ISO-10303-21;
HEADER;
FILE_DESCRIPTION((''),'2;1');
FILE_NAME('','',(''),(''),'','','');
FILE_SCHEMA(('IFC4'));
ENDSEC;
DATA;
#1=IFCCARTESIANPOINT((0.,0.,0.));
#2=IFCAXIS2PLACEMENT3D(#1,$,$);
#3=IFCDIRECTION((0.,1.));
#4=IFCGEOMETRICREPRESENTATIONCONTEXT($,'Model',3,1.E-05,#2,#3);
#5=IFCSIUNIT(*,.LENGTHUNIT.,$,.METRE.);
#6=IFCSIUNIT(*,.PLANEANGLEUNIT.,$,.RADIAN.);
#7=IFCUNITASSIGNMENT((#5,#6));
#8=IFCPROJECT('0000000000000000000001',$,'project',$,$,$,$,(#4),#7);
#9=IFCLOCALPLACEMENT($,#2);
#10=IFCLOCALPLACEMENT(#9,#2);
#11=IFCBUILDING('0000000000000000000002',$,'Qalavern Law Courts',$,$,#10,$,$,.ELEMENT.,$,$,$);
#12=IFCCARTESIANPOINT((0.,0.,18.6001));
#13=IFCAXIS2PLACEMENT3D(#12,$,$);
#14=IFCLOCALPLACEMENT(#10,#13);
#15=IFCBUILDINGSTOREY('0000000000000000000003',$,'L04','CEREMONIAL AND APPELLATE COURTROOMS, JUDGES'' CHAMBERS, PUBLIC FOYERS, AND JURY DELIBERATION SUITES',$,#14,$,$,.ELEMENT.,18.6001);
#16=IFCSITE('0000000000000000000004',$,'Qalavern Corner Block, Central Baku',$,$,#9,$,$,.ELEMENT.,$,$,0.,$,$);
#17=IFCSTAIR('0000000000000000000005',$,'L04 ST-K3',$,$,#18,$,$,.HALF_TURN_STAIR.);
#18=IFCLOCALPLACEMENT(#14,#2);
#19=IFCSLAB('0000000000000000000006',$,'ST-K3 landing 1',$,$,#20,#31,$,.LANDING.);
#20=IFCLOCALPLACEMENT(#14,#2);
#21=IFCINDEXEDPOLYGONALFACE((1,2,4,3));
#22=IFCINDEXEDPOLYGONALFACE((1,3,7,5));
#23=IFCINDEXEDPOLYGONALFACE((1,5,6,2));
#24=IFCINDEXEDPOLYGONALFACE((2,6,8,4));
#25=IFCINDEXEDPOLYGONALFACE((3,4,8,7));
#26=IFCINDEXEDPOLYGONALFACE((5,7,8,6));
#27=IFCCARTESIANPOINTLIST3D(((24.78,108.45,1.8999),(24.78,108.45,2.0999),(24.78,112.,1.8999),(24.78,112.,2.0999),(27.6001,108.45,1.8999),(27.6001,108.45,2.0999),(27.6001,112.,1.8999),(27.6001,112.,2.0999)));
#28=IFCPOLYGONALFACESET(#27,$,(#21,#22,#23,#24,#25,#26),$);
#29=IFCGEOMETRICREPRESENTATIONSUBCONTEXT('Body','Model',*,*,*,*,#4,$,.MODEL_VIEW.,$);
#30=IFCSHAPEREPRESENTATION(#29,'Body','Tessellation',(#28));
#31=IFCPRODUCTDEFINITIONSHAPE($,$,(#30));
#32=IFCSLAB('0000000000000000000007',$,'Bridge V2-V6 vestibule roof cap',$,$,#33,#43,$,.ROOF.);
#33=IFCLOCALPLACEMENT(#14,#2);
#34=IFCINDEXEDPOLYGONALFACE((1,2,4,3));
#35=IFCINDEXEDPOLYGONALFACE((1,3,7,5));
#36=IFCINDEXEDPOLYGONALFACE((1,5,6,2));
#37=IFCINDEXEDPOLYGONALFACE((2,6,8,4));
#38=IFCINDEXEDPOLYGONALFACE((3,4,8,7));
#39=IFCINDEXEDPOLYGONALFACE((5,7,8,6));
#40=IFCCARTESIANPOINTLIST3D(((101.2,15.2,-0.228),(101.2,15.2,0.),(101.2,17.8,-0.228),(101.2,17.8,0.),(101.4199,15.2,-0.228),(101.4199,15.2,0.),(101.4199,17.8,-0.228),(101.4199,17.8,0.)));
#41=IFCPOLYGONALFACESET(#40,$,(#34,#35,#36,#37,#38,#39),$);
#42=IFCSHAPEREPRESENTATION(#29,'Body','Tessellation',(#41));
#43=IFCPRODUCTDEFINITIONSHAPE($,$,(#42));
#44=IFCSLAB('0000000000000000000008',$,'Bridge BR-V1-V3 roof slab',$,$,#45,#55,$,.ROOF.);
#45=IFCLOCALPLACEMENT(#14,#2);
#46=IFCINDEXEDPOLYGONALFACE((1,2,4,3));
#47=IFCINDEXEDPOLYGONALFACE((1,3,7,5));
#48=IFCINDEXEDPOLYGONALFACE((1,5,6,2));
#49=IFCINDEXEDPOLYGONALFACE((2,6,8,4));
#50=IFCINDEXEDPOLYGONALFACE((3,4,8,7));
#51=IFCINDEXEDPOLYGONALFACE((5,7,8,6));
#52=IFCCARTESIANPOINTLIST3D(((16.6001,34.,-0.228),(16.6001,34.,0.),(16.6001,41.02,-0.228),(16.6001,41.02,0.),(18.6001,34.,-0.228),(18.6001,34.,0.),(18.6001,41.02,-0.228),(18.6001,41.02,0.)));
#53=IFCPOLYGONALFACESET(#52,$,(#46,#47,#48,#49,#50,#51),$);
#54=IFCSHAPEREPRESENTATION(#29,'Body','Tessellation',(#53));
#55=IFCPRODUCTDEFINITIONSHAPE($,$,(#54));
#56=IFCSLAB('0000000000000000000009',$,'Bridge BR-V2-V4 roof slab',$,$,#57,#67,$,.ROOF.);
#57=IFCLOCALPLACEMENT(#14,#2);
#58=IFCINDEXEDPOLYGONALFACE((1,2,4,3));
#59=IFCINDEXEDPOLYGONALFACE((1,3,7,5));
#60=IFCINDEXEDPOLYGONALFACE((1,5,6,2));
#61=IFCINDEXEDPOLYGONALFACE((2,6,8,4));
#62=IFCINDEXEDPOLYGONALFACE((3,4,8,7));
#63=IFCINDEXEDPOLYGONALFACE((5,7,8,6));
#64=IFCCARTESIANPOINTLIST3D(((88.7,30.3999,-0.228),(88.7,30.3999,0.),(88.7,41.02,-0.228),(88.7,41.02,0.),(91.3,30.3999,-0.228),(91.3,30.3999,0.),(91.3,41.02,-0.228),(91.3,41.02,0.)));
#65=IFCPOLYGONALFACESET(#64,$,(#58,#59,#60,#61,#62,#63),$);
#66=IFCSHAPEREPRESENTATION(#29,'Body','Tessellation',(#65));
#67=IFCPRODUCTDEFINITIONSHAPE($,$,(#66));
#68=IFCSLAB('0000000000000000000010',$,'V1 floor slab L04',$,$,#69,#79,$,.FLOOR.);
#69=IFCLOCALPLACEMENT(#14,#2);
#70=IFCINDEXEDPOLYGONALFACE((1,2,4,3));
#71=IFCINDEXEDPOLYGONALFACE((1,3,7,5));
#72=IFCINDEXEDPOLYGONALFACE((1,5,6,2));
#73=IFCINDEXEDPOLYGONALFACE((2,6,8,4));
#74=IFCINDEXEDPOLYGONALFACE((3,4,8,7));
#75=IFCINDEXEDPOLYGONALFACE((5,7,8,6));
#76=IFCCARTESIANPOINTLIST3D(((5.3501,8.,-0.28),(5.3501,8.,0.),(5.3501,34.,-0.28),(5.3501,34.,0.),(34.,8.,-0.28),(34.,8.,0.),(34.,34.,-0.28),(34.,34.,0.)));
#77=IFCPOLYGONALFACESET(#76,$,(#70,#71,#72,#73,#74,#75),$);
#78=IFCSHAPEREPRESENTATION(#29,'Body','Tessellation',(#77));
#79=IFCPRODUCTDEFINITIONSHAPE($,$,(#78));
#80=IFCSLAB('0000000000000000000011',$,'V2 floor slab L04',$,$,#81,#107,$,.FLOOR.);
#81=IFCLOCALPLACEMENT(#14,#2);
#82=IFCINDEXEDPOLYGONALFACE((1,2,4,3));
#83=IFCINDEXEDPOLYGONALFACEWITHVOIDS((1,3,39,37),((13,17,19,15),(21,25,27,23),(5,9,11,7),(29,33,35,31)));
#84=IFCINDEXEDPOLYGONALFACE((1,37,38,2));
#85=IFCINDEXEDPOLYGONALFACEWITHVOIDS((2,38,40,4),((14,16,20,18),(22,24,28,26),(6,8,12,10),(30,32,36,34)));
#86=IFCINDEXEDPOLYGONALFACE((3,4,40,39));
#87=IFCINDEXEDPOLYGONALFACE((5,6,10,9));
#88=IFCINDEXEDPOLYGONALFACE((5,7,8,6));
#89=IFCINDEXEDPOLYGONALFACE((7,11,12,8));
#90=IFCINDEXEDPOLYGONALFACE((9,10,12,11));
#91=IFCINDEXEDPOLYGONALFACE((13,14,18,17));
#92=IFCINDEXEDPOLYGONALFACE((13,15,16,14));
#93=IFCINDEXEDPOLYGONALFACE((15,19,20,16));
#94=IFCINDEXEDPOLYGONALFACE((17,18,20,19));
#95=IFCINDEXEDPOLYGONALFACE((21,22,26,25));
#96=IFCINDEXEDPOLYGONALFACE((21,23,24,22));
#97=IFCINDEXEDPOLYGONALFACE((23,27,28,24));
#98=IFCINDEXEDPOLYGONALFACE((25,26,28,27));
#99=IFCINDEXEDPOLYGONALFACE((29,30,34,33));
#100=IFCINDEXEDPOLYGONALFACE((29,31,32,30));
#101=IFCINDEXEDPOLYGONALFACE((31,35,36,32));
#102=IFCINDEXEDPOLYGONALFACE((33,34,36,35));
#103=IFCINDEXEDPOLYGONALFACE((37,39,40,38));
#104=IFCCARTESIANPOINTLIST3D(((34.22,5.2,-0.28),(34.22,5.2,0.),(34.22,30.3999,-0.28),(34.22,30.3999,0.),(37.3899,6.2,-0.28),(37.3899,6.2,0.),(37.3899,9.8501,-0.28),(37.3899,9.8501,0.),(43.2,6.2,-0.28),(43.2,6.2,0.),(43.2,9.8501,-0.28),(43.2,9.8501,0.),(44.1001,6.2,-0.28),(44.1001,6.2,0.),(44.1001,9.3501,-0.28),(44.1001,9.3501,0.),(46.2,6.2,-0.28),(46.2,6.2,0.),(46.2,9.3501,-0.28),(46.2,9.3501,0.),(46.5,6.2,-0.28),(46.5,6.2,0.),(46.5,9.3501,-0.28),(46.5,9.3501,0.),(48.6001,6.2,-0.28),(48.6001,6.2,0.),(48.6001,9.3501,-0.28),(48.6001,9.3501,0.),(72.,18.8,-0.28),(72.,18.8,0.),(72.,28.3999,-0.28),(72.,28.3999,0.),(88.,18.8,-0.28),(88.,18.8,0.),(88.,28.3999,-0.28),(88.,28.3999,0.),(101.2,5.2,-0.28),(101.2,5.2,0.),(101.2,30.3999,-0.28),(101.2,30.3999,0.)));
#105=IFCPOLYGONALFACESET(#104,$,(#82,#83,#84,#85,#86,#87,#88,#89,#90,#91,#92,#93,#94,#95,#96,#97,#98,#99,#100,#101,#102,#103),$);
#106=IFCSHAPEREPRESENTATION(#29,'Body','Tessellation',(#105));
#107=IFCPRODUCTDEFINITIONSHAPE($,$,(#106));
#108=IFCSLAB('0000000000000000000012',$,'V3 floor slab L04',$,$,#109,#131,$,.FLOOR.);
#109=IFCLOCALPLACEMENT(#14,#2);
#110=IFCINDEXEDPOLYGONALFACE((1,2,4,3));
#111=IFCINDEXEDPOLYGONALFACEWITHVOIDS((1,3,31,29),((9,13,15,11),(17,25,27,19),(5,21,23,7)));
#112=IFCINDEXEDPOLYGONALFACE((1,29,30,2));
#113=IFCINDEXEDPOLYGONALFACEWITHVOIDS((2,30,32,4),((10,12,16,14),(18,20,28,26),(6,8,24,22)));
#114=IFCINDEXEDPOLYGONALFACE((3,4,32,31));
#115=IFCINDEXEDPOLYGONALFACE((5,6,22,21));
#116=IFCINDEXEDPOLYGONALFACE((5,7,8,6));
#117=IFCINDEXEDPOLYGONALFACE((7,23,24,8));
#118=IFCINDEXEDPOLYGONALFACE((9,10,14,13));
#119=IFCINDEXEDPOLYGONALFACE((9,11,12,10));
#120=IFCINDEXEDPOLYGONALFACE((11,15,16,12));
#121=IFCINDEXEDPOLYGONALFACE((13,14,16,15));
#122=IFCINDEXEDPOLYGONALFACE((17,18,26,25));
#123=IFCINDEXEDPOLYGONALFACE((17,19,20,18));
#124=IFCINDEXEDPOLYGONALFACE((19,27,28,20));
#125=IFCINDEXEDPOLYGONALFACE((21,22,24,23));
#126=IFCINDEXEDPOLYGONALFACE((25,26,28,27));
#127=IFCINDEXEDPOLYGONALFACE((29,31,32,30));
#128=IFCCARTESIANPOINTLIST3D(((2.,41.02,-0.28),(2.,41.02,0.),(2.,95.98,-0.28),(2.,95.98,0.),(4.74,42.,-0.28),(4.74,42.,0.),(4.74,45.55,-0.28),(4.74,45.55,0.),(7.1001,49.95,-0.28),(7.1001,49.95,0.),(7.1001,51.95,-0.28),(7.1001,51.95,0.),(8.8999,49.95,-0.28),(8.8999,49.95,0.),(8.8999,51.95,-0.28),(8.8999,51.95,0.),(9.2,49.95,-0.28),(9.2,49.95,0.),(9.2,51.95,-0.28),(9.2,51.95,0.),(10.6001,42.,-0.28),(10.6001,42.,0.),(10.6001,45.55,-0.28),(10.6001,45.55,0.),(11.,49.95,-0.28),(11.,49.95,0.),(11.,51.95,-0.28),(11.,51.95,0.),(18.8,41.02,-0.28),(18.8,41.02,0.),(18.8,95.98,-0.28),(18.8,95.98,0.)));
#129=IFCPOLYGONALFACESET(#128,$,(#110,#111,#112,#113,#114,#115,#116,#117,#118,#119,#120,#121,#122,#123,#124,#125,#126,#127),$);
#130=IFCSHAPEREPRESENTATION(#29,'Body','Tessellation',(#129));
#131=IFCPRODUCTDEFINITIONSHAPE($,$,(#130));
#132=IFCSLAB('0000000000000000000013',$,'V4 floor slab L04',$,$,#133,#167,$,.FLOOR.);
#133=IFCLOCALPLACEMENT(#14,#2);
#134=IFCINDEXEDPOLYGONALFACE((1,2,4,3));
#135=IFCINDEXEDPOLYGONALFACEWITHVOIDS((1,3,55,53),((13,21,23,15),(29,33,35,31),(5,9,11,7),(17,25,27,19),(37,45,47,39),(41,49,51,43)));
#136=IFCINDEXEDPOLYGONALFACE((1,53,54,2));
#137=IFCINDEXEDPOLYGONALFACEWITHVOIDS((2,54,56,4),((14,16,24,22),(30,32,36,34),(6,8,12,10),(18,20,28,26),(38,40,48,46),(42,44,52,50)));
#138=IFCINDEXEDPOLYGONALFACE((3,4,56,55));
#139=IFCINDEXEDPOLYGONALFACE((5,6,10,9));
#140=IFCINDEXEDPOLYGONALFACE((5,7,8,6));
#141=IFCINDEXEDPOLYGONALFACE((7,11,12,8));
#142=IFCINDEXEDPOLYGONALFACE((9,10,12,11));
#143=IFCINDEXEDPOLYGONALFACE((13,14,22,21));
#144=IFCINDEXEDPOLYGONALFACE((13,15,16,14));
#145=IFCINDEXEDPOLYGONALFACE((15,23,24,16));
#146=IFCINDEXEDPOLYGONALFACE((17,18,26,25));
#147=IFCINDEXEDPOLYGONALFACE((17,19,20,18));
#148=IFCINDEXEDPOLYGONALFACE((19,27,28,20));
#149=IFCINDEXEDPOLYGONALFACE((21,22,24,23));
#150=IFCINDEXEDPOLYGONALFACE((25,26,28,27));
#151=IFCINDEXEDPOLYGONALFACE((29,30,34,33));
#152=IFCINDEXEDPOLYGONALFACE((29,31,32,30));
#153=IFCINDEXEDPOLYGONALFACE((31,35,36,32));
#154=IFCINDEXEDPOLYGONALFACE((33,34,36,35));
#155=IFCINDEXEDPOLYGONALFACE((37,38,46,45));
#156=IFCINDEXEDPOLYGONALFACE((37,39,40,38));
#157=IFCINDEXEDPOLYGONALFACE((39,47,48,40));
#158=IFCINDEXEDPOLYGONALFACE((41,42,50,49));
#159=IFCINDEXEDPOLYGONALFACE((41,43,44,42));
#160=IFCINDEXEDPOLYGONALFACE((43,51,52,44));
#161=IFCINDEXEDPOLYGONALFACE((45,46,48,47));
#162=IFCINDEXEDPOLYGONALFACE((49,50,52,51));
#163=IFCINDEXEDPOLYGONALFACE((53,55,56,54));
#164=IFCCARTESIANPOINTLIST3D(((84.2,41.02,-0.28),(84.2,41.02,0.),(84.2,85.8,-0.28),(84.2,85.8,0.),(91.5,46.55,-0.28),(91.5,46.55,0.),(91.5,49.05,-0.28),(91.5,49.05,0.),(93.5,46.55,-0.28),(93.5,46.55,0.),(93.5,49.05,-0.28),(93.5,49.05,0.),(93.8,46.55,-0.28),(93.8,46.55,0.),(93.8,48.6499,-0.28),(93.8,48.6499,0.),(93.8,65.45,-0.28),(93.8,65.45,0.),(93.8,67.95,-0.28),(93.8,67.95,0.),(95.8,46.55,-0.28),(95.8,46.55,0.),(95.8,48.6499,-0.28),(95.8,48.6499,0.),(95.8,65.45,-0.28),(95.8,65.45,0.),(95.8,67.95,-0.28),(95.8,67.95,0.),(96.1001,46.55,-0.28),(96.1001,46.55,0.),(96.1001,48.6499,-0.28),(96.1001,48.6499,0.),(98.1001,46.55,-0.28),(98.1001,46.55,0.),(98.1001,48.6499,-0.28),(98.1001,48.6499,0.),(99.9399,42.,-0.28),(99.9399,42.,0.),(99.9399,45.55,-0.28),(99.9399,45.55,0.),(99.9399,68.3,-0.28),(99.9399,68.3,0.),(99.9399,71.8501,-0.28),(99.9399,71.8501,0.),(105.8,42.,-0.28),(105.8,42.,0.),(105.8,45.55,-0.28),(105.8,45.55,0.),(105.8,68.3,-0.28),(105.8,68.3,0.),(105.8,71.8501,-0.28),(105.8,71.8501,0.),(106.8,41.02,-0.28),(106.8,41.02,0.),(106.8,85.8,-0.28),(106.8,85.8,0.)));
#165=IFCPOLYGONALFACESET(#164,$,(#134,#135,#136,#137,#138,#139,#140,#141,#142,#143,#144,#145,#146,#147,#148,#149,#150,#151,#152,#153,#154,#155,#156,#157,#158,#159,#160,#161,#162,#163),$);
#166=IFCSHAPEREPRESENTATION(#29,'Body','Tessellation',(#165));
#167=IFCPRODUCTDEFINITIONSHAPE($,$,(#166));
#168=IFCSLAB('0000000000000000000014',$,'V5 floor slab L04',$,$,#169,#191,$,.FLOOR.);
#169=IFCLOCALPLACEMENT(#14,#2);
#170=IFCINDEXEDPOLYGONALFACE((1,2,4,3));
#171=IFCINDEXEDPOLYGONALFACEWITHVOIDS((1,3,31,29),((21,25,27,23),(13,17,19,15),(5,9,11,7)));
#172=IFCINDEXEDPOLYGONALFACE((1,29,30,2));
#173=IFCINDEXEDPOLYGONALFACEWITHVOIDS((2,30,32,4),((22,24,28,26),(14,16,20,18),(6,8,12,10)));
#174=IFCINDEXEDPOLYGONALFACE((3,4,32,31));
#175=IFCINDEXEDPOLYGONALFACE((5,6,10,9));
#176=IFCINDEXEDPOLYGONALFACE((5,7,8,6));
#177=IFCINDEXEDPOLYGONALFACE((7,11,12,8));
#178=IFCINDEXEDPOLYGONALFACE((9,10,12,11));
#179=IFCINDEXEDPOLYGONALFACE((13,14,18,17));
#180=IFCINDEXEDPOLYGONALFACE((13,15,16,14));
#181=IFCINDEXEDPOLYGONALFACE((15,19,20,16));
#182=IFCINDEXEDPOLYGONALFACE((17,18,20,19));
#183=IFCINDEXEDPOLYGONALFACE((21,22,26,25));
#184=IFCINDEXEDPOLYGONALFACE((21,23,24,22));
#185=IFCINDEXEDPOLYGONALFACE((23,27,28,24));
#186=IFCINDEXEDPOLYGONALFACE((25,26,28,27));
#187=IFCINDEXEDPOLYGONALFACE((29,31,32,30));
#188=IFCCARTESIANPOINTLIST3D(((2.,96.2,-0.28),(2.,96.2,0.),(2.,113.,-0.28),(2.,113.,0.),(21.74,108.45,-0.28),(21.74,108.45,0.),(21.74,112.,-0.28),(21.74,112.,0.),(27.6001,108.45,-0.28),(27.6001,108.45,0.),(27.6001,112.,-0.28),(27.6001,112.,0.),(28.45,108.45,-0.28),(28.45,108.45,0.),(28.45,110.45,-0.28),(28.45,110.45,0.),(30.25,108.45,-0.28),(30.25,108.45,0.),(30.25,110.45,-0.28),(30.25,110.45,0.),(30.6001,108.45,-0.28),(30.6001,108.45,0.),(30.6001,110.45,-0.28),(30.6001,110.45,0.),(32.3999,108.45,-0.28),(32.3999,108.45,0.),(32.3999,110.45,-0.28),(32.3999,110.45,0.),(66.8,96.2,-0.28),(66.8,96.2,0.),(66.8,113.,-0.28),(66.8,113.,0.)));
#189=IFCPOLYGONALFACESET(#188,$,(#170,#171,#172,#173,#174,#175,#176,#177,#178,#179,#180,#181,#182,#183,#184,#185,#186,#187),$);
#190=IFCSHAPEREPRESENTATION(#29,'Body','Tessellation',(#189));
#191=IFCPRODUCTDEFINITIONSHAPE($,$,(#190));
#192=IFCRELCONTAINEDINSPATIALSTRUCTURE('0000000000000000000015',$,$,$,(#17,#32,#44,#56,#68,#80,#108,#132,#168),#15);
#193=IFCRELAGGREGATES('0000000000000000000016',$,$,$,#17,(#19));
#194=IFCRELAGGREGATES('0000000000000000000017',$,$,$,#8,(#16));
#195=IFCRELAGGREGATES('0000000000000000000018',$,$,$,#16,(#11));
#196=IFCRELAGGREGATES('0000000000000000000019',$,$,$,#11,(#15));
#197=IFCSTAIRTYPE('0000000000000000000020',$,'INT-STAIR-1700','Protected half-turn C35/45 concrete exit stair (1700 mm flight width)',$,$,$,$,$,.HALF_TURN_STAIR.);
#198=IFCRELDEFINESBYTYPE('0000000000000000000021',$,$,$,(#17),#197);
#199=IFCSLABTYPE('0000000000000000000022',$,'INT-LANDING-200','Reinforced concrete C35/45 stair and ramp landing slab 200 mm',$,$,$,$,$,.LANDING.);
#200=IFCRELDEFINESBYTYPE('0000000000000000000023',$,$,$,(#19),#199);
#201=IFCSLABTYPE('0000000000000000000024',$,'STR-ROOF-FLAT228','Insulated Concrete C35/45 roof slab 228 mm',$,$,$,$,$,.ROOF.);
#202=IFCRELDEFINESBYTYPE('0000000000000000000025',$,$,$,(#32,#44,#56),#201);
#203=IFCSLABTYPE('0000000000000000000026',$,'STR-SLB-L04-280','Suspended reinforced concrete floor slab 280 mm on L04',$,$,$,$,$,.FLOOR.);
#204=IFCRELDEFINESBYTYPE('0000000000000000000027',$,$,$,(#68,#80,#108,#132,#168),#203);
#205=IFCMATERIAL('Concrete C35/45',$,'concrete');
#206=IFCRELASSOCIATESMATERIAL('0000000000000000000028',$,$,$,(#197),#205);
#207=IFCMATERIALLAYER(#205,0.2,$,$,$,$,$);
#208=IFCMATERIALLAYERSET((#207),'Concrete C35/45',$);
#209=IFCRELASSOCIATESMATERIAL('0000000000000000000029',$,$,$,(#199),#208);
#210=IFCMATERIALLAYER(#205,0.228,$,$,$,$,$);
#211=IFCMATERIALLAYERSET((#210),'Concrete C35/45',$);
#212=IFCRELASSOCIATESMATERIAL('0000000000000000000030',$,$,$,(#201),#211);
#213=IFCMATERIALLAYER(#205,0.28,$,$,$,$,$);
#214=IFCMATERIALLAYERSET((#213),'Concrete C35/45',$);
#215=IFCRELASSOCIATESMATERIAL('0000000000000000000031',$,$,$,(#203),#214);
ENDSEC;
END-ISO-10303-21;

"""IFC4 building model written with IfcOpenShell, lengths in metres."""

from ifc_helpers import new_model, si_unit, direction, frame, origin, place, context, subcontext, project, spatial, polyline, outline, extrude, material, layer, layer_set, type_object, element, aggregate, save


model = new_model("IFC4")

# Units and contexts
model_context = context("Model", 3, precision=1e-05, world=origin(), true_north=direction((0.0, 1.0)))
body_context = subcontext(model_context, "Body", "Model", "MODEL_VIEW")
ifc_project = project(units=[si_unit("LENGTHUNIT", "METRE"), si_unit("PLANEANGLEUNIT", "RADIAN")], contexts=[model_context])

# Site, building, storey
site_placement = place(None, origin())
site = spatial("IfcSite", under=ifc_project, at=site_placement, Name="Qalavern Corner Block, Central Baku", CompositionType="ELEMENT", RefElevation=0.0)
building_placement = place(site_placement, origin())
building = spatial("IfcBuilding", under=site, at=building_placement, Name="Qalavern Law Courts", CompositionType="ELEMENT")
storey_placement = place(building_placement, frame((0.0, 0.0, 18.6001)))
storey = spatial("IfcBuildingStorey", under=building, at=storey_placement, Name="L04", Description="CEREMONIAL AND APPELLATE COURTROOMS, JUDGES' CHAMBERS, PUBLIC FOYERS, AND JURY DELIBERATION SUITES", CompositionType="ELEMENT", Elevation=18.6001)

# Stair, slab
ifc_material_1 = material(Name="Concrete C35/45", Category="concrete")
stair_type = type_object("IfcStairType", Name="INT-STAIR-1700", Description="Protected half-turn C35/45 concrete exit stair (1700 mm flight width)", PredefinedType="HALF_TURN_STAIR", material=ifc_material_1)
ifc_layer_1 = layer(ifc_material_1, 0.2)
ifc_layer_set_1 = layer_set([ifc_layer_1], Name="Concrete C35/45")
slab_type_1 = type_object("IfcSlabType", Name="INT-LANDING-200", Description="Reinforced concrete C35/45 stair and ramp landing slab 200 mm", PredefinedType="LANDING", material=ifc_layer_set_1)
stair_1_placement = place(storey_placement, origin())
stair_1 = element("IfcStair", 1, at=stair_1_placement, inside=storey, type_object=stair_type, Name="L04 ST-K3", PredefinedType="HALF_TURN_STAIR")
slab_1_placement = place(storey_placement, frame((0.0, 0.0, 1.8999)))
slab_1 = element("IfcSlab", 2, at=slab_1_placement, type_object=slab_type_1, Name="ST-K3 landing 1", PredefinedType="LANDING", context=body_context, shape_type="SweptSolid", body=[
    extrude(outline(polyline([(24.78, 108.45), (27.6001, 108.45), (27.6001, 112.0), (24.78, 112.0), (24.78, 108.45)])), origin(), (0.0, 0.0, 1.0), 0.2),
])
aggregate(stair_1, [slab_1])

# Slabs
ifc_layer_2 = layer(ifc_material_1, 0.228)
ifc_layer_set_2 = layer_set([ifc_layer_2], Name="Concrete C35/45")
slab_type_2 = type_object("IfcSlabType", Name="STR-ROOF-FLAT228", Description="Insulated Concrete C35/45 roof slab 228 mm", PredefinedType="ROOF", material=ifc_layer_set_2)
slab_2_placement = place(storey_placement, frame((0.0, 0.0, -0.228)))
element("IfcSlab", 3, at=slab_2_placement, inside=storey, type_object=slab_type_2, Name="Bridge V2-V6 vestibule roof cap", PredefinedType="ROOF", context=body_context, shape_type="SweptSolid", body=[
    extrude(outline(polyline([(101.2, 15.2), (101.4199, 15.2), (101.4199, 17.8), (101.2, 17.8), (101.2, 15.2)])), origin(), (0.0, 0.0, 1.0), 0.228),
])
slab_3_placement = place(storey_placement, frame((0.0, 0.0, -0.228)))
element("IfcSlab", 4, at=slab_3_placement, inside=storey, type_object=slab_type_2, Name="Bridge BR-V1-V3 roof slab", PredefinedType="ROOF", context=body_context, shape_type="SweptSolid", body=[
    extrude(outline(polyline([(16.6001, 34.0), (18.6001, 34.0), (18.6001, 41.02), (16.6001, 41.02), (16.6001, 34.0)])), origin(), (0.0, 0.0, 1.0), 0.228),
])
slab_4_placement = place(storey_placement, frame((0.0, 0.0, -0.228)))
element("IfcSlab", 5, at=slab_4_placement, inside=storey, type_object=slab_type_2, Name="Bridge BR-V2-V4 roof slab", PredefinedType="ROOF", context=body_context, shape_type="SweptSolid", body=[
    extrude(outline(polyline([(88.7, 30.3999), (91.3, 30.3999), (91.3, 41.02), (88.7, 41.02), (88.7, 30.3999)])), origin(), (0.0, 0.0, 1.0), 0.228),
])
ifc_layer_3 = layer(ifc_material_1, 0.28)
ifc_layer_set_3 = layer_set([ifc_layer_3], Name="Concrete C35/45")
slab_type_3 = type_object("IfcSlabType", Name="STR-SLB-L04-280", Description="Suspended reinforced concrete floor slab 280 mm on L04", PredefinedType="FLOOR", material=ifc_layer_set_3)
slab_5_placement = place(storey_placement, frame((0.0, 0.0, -0.28)))
element("IfcSlab", 6, at=slab_5_placement, inside=storey, type_object=slab_type_3, Name="V1 floor slab L04", PredefinedType="FLOOR", context=body_context, shape_type="SweptSolid", body=[
    extrude(outline(polyline([(5.3501, 8.0), (34.0, 8.0), (34.0, 34.0), (5.3501, 34.0), (5.3501, 8.0)])), origin(), (0.0, 0.0, 1.0), 0.28),
])
slab_6_placement = place(storey_placement, frame((0.0, 0.0, -0.28)))
element("IfcSlab", 7, at=slab_6_placement, inside=storey, type_object=slab_type_3, Name="V2 floor slab L04", PredefinedType="FLOOR", context=body_context, shape_type="SweptSolid", body=[
    extrude(outline(polyline([(34.22, 5.2), (101.2, 5.2), (101.2, 30.3999), (34.22, 30.3999), (34.22, 5.2)]), holes=[polyline([(37.3899, 6.2), (43.2, 6.2), (43.2, 9.8501), (37.3899, 9.8501), (37.3899, 6.2)]), polyline([(44.1001, 6.2), (46.2, 6.2), (46.2, 9.3501), (44.1001, 9.3501), (44.1001, 6.2)]), polyline([(46.5, 6.2), (48.6001, 6.2), (48.6001, 9.3501), (46.5, 9.3501), (46.5, 6.2)]), polyline([(72.0, 18.8), (88.0, 18.8), (88.0, 28.3999), (72.0, 28.3999), (72.0, 18.8)])]), origin(), (0.0, 0.0, 1.0), 0.28),
])
slab_7_placement = place(storey_placement, frame((0.0, 0.0, -0.28)))
element("IfcSlab", 8, at=slab_7_placement, inside=storey, type_object=slab_type_3, Name="V3 floor slab L04", PredefinedType="FLOOR", context=body_context, shape_type="SweptSolid", body=[
    extrude(outline(polyline([(2.0, 41.02), (18.8, 41.02), (18.8, 95.98), (2.0, 95.98), (2.0, 41.02)]), holes=[polyline([(4.74, 42.0), (10.6001, 42.0), (10.6001, 45.55), (4.74, 45.55), (4.74, 42.0)]), polyline([(7.1001, 49.95), (8.8999, 49.95), (8.8999, 51.95), (7.1001, 51.95), (7.1001, 49.95)]), polyline([(9.2, 49.95), (11.0, 49.95), (11.0, 51.95), (9.2, 51.95), (9.2, 49.95)])]), origin(), (0.0, 0.0, 1.0), 0.28),
])
slab_8_placement = place(storey_placement, frame((0.0, 0.0, -0.28)))
element("IfcSlab", 9, at=slab_8_placement, inside=storey, type_object=slab_type_3, Name="V4 floor slab L04", PredefinedType="FLOOR", context=body_context, shape_type="SweptSolid", body=[
    extrude(outline(polyline([(84.2, 41.02), (106.8, 41.02), (106.8, 85.8), (84.2, 85.8), (84.2, 41.02)]), holes=[polyline([(99.9399, 42.0), (105.8, 42.0), (105.8, 45.55), (99.9399, 45.55), (99.9399, 42.0)]), polyline([(91.5, 46.55), (93.5, 46.55), (93.5, 49.05), (91.5, 49.05), (91.5, 46.55)]), polyline([(93.8, 46.55), (95.8, 46.55), (95.8, 48.6499), (93.8, 48.6499), (93.8, 46.55)]), polyline([(96.1001, 46.55), (98.1001, 46.55), (98.1001, 48.6499), (96.1001, 48.6499), (96.1001, 46.55)]), polyline([(99.9399, 68.3), (105.8, 68.3), (105.8, 71.8501), (99.9399, 71.8501), (99.9399, 68.3)]), polyline([(93.8, 65.45), (95.8, 65.45), (95.8, 67.95), (93.8, 67.95), (93.8, 65.45)])]), origin(), (0.0, 0.0, 1.0), 0.28),
])
slab_9_placement = place(storey_placement, frame((0.0, 0.0, -0.28)))
element("IfcSlab", 10, at=slab_9_placement, inside=storey, type_object=slab_type_3, Name="V5 floor slab L04", PredefinedType="FLOOR", context=body_context, shape_type="SweptSolid", body=[
    extrude(outline(polyline([(2.0, 96.2), (66.8, 96.2), (66.8, 113.0), (2.0, 113.0), (2.0, 96.2)]), holes=[polyline([(21.74, 108.45), (27.6001, 108.45), (27.6001, 112.0), (21.74, 112.0), (21.74, 108.45)]), polyline([(28.45, 108.45), (30.25, 108.45), (30.25, 110.45), (28.45, 110.45), (28.45, 108.45)]), polyline([(30.6001, 108.45), (32.3999, 108.45), (32.3999, 110.45), (30.6001, 110.45), (30.6001, 108.45)])]), origin(), (0.0, 0.0, 1.0), 0.28),
])

save(model, "model.ifc")
